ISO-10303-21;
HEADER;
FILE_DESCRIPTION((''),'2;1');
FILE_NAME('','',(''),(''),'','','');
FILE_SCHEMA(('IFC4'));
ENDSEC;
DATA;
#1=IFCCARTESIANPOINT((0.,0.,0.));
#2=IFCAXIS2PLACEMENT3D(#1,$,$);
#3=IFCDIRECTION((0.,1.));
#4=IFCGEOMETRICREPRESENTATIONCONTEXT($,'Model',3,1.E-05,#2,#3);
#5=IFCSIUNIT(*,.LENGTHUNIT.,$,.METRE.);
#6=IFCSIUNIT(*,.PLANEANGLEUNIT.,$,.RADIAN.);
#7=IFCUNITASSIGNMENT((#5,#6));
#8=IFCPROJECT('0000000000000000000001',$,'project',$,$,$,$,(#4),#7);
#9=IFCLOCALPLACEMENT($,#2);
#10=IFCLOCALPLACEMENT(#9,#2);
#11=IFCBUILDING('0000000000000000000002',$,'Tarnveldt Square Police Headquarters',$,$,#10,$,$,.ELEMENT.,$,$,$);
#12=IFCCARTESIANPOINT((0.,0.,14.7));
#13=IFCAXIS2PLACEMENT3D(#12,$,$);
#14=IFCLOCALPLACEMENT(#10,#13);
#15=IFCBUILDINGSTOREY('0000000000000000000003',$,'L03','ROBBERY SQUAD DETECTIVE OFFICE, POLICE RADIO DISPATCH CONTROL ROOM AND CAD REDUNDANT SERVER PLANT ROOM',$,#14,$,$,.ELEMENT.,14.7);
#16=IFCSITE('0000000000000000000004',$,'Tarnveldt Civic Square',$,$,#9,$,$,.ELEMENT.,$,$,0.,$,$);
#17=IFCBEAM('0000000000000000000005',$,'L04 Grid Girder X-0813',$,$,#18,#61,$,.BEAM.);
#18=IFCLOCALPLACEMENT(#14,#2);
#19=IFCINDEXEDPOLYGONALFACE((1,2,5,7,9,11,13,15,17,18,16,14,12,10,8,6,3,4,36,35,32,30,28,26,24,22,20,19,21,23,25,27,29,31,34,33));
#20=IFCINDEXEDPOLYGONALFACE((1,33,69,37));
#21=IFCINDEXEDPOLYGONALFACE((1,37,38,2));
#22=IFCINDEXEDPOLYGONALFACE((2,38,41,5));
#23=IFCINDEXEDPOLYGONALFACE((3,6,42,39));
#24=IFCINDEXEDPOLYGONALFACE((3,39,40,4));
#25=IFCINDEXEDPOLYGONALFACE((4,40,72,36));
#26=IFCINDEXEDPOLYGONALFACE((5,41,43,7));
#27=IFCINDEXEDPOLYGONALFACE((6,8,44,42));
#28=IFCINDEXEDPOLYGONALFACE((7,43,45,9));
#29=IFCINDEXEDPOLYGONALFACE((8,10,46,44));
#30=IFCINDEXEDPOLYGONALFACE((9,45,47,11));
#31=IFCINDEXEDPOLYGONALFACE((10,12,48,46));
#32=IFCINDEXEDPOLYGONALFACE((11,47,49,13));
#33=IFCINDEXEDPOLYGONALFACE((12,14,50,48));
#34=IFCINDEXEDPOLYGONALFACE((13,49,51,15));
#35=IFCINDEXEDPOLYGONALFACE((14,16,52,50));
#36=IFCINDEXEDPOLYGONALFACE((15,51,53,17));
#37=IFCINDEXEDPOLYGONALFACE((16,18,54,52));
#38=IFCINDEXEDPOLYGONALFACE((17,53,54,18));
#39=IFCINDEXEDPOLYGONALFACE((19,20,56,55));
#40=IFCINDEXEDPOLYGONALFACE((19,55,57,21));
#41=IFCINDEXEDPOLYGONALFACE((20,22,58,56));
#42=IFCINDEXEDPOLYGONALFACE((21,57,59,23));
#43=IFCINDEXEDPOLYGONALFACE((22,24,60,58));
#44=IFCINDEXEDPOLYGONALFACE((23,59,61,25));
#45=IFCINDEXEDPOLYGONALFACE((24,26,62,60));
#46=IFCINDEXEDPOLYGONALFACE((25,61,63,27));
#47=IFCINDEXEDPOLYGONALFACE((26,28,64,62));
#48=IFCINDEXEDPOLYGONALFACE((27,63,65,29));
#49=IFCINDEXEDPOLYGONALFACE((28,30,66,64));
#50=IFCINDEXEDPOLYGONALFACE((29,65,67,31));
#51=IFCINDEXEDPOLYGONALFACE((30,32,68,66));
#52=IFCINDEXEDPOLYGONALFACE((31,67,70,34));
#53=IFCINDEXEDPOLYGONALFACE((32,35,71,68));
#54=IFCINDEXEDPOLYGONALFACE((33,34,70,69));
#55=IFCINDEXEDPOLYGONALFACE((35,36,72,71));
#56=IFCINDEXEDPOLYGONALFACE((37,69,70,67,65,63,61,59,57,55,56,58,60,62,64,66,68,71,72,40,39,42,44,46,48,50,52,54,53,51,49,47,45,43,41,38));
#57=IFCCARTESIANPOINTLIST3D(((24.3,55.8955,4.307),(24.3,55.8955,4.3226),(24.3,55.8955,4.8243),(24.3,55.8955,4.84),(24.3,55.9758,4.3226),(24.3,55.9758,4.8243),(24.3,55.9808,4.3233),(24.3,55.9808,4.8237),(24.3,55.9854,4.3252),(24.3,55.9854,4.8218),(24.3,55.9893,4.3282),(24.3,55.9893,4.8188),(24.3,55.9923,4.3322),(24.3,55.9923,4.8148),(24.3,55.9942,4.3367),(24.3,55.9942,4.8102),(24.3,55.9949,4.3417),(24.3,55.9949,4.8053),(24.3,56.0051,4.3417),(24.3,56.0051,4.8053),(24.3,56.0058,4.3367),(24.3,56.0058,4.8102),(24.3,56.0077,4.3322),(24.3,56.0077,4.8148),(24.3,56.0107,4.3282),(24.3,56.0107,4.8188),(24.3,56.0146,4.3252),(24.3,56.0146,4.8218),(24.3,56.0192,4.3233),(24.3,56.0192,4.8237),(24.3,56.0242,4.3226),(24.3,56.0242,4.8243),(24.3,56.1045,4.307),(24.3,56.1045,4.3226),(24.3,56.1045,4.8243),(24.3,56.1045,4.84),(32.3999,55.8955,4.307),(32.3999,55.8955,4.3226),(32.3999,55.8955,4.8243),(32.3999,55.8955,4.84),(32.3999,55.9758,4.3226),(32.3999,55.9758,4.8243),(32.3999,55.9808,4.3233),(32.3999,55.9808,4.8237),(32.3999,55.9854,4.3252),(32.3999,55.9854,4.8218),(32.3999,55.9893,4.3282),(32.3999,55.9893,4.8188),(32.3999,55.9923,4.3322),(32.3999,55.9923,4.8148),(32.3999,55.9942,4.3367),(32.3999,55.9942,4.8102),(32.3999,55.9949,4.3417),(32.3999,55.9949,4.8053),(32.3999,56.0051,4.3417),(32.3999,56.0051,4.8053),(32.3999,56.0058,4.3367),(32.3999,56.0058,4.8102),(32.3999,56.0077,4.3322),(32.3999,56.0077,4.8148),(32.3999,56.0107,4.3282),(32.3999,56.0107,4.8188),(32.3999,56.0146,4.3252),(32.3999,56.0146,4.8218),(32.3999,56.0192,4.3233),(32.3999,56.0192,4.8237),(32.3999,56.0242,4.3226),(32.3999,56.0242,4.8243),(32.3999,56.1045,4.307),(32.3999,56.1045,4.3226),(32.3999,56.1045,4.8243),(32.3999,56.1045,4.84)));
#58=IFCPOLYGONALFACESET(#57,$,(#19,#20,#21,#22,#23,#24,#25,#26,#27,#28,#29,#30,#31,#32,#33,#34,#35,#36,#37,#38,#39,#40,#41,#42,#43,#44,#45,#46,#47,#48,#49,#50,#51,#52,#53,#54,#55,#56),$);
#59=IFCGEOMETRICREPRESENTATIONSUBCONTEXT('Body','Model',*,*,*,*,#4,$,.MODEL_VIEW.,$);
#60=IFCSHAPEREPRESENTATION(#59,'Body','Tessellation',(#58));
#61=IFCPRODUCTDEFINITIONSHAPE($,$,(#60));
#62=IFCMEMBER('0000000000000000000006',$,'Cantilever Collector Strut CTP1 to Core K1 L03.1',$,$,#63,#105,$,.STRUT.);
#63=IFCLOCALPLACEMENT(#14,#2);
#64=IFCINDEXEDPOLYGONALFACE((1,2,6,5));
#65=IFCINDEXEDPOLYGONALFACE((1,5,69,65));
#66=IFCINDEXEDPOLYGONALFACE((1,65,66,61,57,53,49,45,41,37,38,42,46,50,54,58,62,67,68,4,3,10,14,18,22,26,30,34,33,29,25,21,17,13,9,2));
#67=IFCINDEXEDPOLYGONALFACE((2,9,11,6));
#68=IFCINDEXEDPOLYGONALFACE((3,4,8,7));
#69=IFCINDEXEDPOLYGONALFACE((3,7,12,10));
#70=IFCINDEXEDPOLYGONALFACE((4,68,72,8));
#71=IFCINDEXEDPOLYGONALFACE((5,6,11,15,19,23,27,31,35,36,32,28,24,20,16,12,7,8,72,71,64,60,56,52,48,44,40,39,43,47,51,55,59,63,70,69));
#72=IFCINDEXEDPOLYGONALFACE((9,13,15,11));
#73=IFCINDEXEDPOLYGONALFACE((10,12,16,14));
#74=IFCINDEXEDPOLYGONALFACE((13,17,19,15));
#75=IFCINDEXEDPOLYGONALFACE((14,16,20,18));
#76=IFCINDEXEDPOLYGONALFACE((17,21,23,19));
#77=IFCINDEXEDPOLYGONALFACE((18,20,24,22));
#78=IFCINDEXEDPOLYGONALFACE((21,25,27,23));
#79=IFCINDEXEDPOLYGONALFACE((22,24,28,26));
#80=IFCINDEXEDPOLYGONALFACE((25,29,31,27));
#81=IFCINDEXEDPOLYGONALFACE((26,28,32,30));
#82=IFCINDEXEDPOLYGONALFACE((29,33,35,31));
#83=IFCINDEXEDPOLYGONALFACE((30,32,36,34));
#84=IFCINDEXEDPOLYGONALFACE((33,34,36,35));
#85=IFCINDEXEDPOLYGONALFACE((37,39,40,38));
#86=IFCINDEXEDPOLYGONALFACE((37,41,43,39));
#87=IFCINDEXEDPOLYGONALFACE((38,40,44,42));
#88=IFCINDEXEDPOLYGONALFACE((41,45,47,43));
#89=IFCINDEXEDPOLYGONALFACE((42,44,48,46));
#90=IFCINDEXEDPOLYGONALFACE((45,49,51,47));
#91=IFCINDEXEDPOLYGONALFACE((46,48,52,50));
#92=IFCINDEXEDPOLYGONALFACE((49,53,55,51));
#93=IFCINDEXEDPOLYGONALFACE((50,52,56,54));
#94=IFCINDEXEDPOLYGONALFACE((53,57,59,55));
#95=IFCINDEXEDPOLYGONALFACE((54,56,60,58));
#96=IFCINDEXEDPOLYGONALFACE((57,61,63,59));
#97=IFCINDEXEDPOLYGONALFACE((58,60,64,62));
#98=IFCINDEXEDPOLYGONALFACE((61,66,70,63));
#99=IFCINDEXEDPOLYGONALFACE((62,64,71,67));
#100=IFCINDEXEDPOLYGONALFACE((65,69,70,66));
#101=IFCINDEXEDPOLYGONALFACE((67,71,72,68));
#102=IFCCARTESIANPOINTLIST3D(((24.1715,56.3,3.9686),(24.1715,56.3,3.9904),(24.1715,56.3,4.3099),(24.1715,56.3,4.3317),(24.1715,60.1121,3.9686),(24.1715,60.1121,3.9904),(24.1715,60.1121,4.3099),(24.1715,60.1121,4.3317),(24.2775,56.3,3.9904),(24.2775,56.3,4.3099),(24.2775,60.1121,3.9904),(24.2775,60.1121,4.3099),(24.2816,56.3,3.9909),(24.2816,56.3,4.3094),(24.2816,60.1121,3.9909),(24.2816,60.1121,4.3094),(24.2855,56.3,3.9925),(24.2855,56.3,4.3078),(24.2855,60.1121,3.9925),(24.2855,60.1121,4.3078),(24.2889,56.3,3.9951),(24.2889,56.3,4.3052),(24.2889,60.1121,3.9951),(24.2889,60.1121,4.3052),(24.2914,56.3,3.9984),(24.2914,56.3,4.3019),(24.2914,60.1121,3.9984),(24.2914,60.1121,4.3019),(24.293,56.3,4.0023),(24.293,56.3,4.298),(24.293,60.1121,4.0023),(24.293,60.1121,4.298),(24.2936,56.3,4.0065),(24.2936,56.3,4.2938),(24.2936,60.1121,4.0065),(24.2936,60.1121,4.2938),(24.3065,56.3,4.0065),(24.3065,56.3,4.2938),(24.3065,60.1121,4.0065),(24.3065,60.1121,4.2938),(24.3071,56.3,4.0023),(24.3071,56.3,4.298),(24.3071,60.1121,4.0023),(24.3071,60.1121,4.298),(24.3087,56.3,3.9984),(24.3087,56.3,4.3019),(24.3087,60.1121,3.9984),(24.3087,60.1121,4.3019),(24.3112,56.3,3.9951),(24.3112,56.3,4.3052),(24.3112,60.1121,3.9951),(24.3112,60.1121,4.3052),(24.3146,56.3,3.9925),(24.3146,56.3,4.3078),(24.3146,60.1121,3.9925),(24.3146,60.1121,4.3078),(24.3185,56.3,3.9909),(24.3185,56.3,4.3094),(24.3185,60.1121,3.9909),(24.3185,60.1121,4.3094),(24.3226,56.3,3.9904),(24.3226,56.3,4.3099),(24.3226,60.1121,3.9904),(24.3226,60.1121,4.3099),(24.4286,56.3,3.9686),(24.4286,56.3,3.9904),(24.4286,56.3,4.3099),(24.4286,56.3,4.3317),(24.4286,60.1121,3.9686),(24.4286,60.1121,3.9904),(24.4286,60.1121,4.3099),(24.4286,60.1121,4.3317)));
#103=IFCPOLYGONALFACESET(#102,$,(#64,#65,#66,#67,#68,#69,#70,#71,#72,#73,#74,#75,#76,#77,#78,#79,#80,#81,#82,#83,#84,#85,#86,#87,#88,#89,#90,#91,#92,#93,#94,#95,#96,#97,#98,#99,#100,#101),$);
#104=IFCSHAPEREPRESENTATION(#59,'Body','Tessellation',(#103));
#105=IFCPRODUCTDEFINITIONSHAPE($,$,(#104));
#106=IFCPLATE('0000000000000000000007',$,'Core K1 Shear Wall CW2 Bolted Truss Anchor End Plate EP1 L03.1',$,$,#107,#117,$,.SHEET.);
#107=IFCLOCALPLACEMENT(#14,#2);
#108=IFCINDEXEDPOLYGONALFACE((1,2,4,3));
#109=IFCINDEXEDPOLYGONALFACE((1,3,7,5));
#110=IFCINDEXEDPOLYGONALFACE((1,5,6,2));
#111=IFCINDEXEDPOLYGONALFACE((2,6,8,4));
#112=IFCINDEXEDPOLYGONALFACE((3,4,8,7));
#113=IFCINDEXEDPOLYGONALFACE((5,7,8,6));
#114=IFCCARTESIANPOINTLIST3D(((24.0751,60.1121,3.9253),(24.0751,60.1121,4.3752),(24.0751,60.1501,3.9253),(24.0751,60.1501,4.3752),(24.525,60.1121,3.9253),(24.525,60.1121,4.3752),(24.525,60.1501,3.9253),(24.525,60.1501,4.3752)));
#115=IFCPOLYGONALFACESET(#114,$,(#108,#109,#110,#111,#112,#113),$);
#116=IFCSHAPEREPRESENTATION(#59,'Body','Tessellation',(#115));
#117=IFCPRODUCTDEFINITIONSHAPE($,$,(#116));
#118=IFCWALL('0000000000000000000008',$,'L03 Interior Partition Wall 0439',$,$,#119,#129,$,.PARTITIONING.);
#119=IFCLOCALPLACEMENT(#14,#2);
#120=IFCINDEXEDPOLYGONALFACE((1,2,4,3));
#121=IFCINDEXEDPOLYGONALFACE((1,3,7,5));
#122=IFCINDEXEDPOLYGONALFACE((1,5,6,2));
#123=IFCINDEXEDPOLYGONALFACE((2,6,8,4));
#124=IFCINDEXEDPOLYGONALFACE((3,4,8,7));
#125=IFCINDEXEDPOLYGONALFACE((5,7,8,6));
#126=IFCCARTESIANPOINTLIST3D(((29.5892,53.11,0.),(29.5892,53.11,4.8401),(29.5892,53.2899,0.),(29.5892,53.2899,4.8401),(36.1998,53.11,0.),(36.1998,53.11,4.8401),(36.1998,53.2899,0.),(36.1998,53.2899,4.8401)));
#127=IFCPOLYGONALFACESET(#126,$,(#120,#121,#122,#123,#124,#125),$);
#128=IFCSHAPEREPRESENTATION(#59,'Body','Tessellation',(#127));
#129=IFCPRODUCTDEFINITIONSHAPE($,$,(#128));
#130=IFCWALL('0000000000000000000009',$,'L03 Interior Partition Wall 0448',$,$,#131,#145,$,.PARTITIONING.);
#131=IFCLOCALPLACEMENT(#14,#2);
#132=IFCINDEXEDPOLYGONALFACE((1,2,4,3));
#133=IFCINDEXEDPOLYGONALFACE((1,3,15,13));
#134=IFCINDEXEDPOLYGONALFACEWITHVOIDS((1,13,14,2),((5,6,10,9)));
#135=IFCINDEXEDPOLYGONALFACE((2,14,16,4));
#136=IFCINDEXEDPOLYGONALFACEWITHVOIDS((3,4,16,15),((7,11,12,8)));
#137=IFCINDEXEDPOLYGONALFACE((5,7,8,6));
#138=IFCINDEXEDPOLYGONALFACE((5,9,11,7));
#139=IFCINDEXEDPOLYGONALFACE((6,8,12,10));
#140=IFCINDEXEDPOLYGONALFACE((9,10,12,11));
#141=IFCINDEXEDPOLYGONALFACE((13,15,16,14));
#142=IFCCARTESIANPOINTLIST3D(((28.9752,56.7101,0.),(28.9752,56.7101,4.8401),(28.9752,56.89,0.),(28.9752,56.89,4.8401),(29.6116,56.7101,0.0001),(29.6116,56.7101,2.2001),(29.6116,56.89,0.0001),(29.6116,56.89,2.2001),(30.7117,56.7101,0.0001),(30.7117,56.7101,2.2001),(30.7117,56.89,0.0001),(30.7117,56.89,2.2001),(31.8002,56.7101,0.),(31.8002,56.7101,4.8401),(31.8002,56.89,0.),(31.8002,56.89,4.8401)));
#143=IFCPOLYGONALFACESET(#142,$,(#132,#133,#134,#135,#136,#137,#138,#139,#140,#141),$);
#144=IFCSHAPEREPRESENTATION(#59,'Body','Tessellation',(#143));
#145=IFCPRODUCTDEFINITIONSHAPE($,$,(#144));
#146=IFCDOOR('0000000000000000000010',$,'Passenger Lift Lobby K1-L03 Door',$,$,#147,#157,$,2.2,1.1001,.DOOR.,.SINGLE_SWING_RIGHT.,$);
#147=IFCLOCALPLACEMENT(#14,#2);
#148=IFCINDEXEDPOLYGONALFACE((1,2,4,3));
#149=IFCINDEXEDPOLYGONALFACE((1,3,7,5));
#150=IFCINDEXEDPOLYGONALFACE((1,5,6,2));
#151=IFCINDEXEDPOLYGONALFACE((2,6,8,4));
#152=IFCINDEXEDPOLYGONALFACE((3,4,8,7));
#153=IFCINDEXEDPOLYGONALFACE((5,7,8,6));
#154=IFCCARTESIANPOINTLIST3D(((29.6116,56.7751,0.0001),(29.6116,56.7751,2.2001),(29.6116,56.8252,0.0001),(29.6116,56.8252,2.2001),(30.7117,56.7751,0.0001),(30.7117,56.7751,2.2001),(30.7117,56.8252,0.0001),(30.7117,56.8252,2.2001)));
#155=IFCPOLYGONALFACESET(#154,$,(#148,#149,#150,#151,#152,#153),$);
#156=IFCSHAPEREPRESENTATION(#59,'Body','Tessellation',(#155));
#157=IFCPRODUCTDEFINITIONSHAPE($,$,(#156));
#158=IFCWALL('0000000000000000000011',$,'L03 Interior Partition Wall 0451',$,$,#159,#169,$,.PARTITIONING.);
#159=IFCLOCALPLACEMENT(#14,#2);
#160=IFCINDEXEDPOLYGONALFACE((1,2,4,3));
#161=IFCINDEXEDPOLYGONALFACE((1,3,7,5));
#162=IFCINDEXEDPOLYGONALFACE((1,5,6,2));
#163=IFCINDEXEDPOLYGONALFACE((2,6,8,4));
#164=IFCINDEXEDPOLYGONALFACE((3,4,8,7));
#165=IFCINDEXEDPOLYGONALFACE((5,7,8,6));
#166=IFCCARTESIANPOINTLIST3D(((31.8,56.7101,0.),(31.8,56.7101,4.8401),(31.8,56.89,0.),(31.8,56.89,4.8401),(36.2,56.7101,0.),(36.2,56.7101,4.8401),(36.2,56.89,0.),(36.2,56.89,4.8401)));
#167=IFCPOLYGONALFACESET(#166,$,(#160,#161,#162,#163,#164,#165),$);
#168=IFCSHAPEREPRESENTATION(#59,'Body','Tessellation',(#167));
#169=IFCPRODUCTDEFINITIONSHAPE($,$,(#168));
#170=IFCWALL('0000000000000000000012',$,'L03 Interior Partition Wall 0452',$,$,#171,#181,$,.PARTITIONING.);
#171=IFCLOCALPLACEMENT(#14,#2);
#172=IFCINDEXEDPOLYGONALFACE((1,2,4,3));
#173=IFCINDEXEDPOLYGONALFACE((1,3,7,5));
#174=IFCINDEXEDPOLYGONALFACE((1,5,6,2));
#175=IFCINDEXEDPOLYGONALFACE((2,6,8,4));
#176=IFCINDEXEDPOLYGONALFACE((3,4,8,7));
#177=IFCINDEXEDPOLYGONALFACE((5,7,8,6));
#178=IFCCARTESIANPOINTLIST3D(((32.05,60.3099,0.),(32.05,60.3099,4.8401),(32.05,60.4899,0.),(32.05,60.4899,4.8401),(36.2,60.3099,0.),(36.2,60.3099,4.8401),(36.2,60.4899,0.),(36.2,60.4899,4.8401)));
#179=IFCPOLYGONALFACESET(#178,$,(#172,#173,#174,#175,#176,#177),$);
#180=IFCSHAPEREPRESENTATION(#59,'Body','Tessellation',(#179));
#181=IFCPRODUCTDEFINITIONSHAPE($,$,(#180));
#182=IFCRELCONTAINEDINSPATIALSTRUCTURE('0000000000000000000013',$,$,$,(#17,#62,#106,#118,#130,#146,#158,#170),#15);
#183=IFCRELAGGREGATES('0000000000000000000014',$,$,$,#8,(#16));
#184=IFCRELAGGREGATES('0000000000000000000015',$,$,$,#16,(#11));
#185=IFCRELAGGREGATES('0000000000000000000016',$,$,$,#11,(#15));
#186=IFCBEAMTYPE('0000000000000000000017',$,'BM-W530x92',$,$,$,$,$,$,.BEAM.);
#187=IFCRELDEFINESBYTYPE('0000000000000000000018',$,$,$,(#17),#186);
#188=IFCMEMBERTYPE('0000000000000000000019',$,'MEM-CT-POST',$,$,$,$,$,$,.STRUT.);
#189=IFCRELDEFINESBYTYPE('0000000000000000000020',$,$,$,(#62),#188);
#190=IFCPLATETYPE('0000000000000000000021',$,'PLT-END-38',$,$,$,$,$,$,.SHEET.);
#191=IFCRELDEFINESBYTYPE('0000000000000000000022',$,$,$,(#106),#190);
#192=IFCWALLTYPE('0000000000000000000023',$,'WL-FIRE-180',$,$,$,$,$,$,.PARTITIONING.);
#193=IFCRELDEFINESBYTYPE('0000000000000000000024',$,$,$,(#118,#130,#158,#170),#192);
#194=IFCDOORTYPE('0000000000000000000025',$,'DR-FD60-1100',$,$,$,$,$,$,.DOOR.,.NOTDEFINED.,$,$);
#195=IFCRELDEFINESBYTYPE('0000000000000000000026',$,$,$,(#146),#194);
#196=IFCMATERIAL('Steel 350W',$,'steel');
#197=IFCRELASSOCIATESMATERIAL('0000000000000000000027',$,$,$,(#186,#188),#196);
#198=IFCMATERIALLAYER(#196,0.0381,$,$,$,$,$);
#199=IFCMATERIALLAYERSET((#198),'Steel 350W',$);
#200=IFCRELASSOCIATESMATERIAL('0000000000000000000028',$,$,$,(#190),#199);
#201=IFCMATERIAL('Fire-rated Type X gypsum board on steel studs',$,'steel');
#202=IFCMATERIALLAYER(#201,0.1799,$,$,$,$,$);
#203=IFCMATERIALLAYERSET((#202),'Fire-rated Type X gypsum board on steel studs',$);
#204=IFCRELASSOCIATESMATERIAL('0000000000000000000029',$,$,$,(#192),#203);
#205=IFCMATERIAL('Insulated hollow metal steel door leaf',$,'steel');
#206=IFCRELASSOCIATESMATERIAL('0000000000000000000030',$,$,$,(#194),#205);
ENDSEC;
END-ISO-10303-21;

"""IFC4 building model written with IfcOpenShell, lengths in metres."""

from ifc_helpers import new_model, si_unit, direction, frame, frame_2d, origin, origin_2d, place, context, subcontext, project, spatial, rectangle, i_section, extrude, material, layer, layer_set, material_profile, profile_set, type_object, element, fill, save


model = new_model("IFC4")

# Units and contexts
model_context = context("Model", 3, precision=1e-05, world=origin(), true_north=direction((0.0, 1.0)))
body_context = subcontext(model_context, "Body", "Model", "MODEL_VIEW")
ifc_project = project(units=[si_unit("LENGTHUNIT", "METRE"), si_unit("PLANEANGLEUNIT", "RADIAN")], contexts=[model_context])

# Site, building, storey
site_placement = place(None, origin())
site = spatial("IfcSite", under=ifc_project, at=site_placement, Name="Tarnveldt Civic Square", CompositionType="ELEMENT", RefElevation=0.0)
building_placement = place(site_placement, origin())
building = spatial("IfcBuilding", under=site, at=building_placement, Name="Tarnveldt Square Police Headquarters", CompositionType="ELEMENT")
storey_placement = place(building_placement, frame((0.0, 0.0, 14.7)))
storey = spatial("IfcBuildingStorey", under=building, at=storey_placement, Name="L03", Description="ROBBERY SQUAD DETECTIVE OFFICE, POLICE RADIO DISPATCH CONTROL ROOM AND CAD REDUNDANT SERVER PLANT ROOM", CompositionType="ELEMENT", Elevation=14.7)

# Beam
ifc_material_1 = material(Name="Steel 350W", Category="steel")
ifc_material_profile_1 = material_profile(ifc_material_1, i_section(OverallWidth=0.209, OverallDepth=0.533, WebThickness=0.0103, FlangeThickness=0.0156, FilletRadius=0.019, at=origin_2d()), Name="W530x92")
ifc_profile_set_1 = profile_set([ifc_material_profile_1], Name="Steel 350W")
beam_type_1 = type_object("IfcBeamType", Name="BM-W530x92", PredefinedType="BEAM", material=ifc_profile_set_1)
beam_1_placement = place(storey_placement, frame((24.3, 56.0, 4.5735), z_axis=(1.0, 0.0, 0.0), x_axis=(0.0, 1.0, 0.0)))
element("IfcBeam", 1, at=beam_1_placement, inside=storey, type_object=beam_type_1, Name="L04 Grid Girder X-0813", PredefinedType="BEAM", context=body_context, shape_type="SweptSolid", body=[
    extrude(i_section(OverallWidth=0.209, OverallDepth=0.533, WebThickness=0.0103, FlangeThickness=0.0156, FilletRadius=0.019, at=origin_2d()), origin(), (0.0, 0.0, 1.0), 8.0999),
])

# Member
ifc_material_profile_2 = material_profile(ifc_material_1, i_section(OverallWidth=0.2571, OverallDepth=0.363, WebThickness=0.0129, FlangeThickness=0.0217, FilletRadius=0.0161, at=origin_2d()), Name="W360x122")
ifc_profile_set_2 = profile_set([ifc_material_profile_2], Name="Steel 350W")
member_type = type_object("IfcMemberType", Name="MEM-CT-POST", PredefinedType="STRUT", material=ifc_profile_set_2)
member_placement = place(storey_placement, frame((24.3, 56.3, 4.1501), z_axis=(0.0, 1.0, 0.0), x_axis=(-1.0, 0.0, 0.0)))
element("IfcMember", 2, at=member_placement, inside=storey, type_object=member_type, Name="Cantilever Collector Strut CTP1 to Core K1 L03.1", PredefinedType="STRUT", context=body_context, shape_type="SweptSolid", body=[
    extrude(i_section(OverallWidth=0.2571, OverallDepth=0.363, WebThickness=0.0129, FlangeThickness=0.0217, FilletRadius=0.0161, at=origin_2d()), origin(), (0.0, 0.0, 1.0), 3.812),
])

# Plate
ifc_layer_1 = layer(ifc_material_1, 0.0381)
ifc_layer_set_1 = layer_set([ifc_layer_1], Name="Steel 350W")
plate_type = type_object("IfcPlateType", Name="PLT-END-38", PredefinedType="SHEET", material=ifc_layer_set_1)
plate_placement = place(storey_placement, frame((24.3, 60.1311, 3.9253), z_axis=(0.0, 0.0, 1.0), x_axis=(1.0, 0.0, 0.0)))
element("IfcPlate", 3, at=plate_placement, inside=storey, type_object=plate_type, Name="Core K1 Shear Wall CW2 Bolted Truss Anchor End Plate EP1 L03.1", PredefinedType="SHEET", context=body_context, shape_type="SweptSolid", body=[
    extrude(rectangle(XDim=0.45, YDim=0.0381, at=origin_2d()), origin(), (0.0, 0.0, 1.0), 0.45),
])

# Wall
ifc_material_2 = material(Name="Fire-rated Type X gypsum board on steel studs", Category="steel")
ifc_layer_2 = layer(ifc_material_2, 0.1799)
ifc_layer_set_2 = layer_set([ifc_layer_2], Name="Fire-rated Type X gypsum board on steel studs")
wall_type_1 = type_object("IfcWallType", Name="WL-FIRE-180", PredefinedType="PARTITIONING", material=ifc_layer_set_2)
wall_1_placement = place(storey_placement, frame((29.5894, 53.2, 0.0), z_axis=(0.0, 0.0, 1.0), x_axis=(1.0, 0.0, 0.0)))
element("IfcWall", 4, at=wall_1_placement, inside=storey, type_object=wall_type_1, Name="L03 Interior Partition Wall 0439", PredefinedType="PARTITIONING", context=body_context, shape_type="SweptSolid", body=[
    extrude(rectangle(XDim=6.6106, YDim=0.1799, at=frame_2d((3.3052, 0.0))), origin(), (0.0, 0.0, 1.0), 4.8401),
])

# Wall, opening, door
wall_2_placement = place(storey_placement, frame((28.9751, 56.8, 0.0), z_axis=(0.0, 0.0, 1.0), x_axis=(1.0, 0.0, 0.0)))
wall_2 = element("IfcWall", 5, at=wall_2_placement, inside=storey, type_object=wall_type_1, Name="L03 Interior Partition Wall 0448", PredefinedType="PARTITIONING", context=body_context, shape_type="SweptSolid", body=[
    extrude(rectangle(XDim=2.825, YDim=0.1799, at=frame_2d((1.4126, 0.0))), origin(), (0.0, 0.0, 1.0), 4.8401),
])
opening_placement = place(wall_2_placement, frame((0.6365, 0.0, 0.0)))
opening = element("IfcOpeningElement", 6, at=opening_placement, cuts=wall_2, PredefinedType="OPENING", context=body_context, shape_type="SweptSolid", body=[
    extrude(rectangle(XDim=1.1001, YDim=2.2, at=frame_2d((0.55, 1.1001))), frame((0.0, 0.0999, 0.0), z_axis=(0.0, -1.0, 0.0), x_axis=(1.0, 0.0, 0.0)), (0.0, 0.0, 1.0), 0.2),
])
ifc_material_3 = material(Name="Insulated hollow metal steel door leaf", Category="steel")
door_type = type_object("IfcDoorType", Name="DR-FD60-1100", OperationType="NOTDEFINED", PredefinedType="DOOR", material=ifc_material_3)
door_placement = place(opening_placement, frame((1.1001, 0.0, 0.0), z_axis=(0.0, 0.0, 1.0), x_axis=(-1.0, 0.0, 0.0)))
door = element("IfcDoor", 7, at=door_placement, inside=storey, type_object=door_type, Name="Passenger Lift Lobby K1-L03 Door", OperationType="SINGLE_SWING_RIGHT", OverallHeight=2.2, OverallWidth=1.1001, PredefinedType="DOOR", context=body_context, shape_type="SweptSolid", body=[
    extrude(rectangle(XDim=1.1001, YDim=2.2, at=frame_2d((0.55, 1.1001))), frame((0.0, 0.0249, 0.0), z_axis=(0.0, -1.0, 0.0), x_axis=(1.0, 0.0, 0.0)), (0.0, 0.0, 1.0), 0.05),
])
fill(opening, door)

# Walls
wall_3_placement = place(storey_placement, frame((31.8, 56.8, 0.0), z_axis=(0.0, 0.0, 1.0), x_axis=(1.0, 0.0, 0.0)))
element("IfcWall", 8, at=wall_3_placement, inside=storey, type_object=wall_type_1, Name="L03 Interior Partition Wall 0451", PredefinedType="PARTITIONING", context=body_context, shape_type="SweptSolid", body=[
    extrude(rectangle(XDim=4.3999, YDim=0.1799, at=frame_2d((2.2, 0.0))), origin(), (0.0, 0.0, 1.0), 4.8401),
])
wall_4_placement = place(storey_placement, frame((32.05, 60.3999, 0.0), z_axis=(0.0, 0.0, 1.0), x_axis=(1.0, 0.0, 0.0)))
element("IfcWall", 9, at=wall_4_placement, inside=storey, type_object=wall_type_1, Name="L03 Interior Partition Wall 0452", PredefinedType="PARTITIONING", context=body_context, shape_type="SweptSolid", body=[
    extrude(rectangle(XDim=4.1499, YDim=0.1799, at=frame_2d((2.075, 0.0))), origin(), (0.0, 0.0, 1.0), 4.8401),
])

save(model, "model.ifc")
